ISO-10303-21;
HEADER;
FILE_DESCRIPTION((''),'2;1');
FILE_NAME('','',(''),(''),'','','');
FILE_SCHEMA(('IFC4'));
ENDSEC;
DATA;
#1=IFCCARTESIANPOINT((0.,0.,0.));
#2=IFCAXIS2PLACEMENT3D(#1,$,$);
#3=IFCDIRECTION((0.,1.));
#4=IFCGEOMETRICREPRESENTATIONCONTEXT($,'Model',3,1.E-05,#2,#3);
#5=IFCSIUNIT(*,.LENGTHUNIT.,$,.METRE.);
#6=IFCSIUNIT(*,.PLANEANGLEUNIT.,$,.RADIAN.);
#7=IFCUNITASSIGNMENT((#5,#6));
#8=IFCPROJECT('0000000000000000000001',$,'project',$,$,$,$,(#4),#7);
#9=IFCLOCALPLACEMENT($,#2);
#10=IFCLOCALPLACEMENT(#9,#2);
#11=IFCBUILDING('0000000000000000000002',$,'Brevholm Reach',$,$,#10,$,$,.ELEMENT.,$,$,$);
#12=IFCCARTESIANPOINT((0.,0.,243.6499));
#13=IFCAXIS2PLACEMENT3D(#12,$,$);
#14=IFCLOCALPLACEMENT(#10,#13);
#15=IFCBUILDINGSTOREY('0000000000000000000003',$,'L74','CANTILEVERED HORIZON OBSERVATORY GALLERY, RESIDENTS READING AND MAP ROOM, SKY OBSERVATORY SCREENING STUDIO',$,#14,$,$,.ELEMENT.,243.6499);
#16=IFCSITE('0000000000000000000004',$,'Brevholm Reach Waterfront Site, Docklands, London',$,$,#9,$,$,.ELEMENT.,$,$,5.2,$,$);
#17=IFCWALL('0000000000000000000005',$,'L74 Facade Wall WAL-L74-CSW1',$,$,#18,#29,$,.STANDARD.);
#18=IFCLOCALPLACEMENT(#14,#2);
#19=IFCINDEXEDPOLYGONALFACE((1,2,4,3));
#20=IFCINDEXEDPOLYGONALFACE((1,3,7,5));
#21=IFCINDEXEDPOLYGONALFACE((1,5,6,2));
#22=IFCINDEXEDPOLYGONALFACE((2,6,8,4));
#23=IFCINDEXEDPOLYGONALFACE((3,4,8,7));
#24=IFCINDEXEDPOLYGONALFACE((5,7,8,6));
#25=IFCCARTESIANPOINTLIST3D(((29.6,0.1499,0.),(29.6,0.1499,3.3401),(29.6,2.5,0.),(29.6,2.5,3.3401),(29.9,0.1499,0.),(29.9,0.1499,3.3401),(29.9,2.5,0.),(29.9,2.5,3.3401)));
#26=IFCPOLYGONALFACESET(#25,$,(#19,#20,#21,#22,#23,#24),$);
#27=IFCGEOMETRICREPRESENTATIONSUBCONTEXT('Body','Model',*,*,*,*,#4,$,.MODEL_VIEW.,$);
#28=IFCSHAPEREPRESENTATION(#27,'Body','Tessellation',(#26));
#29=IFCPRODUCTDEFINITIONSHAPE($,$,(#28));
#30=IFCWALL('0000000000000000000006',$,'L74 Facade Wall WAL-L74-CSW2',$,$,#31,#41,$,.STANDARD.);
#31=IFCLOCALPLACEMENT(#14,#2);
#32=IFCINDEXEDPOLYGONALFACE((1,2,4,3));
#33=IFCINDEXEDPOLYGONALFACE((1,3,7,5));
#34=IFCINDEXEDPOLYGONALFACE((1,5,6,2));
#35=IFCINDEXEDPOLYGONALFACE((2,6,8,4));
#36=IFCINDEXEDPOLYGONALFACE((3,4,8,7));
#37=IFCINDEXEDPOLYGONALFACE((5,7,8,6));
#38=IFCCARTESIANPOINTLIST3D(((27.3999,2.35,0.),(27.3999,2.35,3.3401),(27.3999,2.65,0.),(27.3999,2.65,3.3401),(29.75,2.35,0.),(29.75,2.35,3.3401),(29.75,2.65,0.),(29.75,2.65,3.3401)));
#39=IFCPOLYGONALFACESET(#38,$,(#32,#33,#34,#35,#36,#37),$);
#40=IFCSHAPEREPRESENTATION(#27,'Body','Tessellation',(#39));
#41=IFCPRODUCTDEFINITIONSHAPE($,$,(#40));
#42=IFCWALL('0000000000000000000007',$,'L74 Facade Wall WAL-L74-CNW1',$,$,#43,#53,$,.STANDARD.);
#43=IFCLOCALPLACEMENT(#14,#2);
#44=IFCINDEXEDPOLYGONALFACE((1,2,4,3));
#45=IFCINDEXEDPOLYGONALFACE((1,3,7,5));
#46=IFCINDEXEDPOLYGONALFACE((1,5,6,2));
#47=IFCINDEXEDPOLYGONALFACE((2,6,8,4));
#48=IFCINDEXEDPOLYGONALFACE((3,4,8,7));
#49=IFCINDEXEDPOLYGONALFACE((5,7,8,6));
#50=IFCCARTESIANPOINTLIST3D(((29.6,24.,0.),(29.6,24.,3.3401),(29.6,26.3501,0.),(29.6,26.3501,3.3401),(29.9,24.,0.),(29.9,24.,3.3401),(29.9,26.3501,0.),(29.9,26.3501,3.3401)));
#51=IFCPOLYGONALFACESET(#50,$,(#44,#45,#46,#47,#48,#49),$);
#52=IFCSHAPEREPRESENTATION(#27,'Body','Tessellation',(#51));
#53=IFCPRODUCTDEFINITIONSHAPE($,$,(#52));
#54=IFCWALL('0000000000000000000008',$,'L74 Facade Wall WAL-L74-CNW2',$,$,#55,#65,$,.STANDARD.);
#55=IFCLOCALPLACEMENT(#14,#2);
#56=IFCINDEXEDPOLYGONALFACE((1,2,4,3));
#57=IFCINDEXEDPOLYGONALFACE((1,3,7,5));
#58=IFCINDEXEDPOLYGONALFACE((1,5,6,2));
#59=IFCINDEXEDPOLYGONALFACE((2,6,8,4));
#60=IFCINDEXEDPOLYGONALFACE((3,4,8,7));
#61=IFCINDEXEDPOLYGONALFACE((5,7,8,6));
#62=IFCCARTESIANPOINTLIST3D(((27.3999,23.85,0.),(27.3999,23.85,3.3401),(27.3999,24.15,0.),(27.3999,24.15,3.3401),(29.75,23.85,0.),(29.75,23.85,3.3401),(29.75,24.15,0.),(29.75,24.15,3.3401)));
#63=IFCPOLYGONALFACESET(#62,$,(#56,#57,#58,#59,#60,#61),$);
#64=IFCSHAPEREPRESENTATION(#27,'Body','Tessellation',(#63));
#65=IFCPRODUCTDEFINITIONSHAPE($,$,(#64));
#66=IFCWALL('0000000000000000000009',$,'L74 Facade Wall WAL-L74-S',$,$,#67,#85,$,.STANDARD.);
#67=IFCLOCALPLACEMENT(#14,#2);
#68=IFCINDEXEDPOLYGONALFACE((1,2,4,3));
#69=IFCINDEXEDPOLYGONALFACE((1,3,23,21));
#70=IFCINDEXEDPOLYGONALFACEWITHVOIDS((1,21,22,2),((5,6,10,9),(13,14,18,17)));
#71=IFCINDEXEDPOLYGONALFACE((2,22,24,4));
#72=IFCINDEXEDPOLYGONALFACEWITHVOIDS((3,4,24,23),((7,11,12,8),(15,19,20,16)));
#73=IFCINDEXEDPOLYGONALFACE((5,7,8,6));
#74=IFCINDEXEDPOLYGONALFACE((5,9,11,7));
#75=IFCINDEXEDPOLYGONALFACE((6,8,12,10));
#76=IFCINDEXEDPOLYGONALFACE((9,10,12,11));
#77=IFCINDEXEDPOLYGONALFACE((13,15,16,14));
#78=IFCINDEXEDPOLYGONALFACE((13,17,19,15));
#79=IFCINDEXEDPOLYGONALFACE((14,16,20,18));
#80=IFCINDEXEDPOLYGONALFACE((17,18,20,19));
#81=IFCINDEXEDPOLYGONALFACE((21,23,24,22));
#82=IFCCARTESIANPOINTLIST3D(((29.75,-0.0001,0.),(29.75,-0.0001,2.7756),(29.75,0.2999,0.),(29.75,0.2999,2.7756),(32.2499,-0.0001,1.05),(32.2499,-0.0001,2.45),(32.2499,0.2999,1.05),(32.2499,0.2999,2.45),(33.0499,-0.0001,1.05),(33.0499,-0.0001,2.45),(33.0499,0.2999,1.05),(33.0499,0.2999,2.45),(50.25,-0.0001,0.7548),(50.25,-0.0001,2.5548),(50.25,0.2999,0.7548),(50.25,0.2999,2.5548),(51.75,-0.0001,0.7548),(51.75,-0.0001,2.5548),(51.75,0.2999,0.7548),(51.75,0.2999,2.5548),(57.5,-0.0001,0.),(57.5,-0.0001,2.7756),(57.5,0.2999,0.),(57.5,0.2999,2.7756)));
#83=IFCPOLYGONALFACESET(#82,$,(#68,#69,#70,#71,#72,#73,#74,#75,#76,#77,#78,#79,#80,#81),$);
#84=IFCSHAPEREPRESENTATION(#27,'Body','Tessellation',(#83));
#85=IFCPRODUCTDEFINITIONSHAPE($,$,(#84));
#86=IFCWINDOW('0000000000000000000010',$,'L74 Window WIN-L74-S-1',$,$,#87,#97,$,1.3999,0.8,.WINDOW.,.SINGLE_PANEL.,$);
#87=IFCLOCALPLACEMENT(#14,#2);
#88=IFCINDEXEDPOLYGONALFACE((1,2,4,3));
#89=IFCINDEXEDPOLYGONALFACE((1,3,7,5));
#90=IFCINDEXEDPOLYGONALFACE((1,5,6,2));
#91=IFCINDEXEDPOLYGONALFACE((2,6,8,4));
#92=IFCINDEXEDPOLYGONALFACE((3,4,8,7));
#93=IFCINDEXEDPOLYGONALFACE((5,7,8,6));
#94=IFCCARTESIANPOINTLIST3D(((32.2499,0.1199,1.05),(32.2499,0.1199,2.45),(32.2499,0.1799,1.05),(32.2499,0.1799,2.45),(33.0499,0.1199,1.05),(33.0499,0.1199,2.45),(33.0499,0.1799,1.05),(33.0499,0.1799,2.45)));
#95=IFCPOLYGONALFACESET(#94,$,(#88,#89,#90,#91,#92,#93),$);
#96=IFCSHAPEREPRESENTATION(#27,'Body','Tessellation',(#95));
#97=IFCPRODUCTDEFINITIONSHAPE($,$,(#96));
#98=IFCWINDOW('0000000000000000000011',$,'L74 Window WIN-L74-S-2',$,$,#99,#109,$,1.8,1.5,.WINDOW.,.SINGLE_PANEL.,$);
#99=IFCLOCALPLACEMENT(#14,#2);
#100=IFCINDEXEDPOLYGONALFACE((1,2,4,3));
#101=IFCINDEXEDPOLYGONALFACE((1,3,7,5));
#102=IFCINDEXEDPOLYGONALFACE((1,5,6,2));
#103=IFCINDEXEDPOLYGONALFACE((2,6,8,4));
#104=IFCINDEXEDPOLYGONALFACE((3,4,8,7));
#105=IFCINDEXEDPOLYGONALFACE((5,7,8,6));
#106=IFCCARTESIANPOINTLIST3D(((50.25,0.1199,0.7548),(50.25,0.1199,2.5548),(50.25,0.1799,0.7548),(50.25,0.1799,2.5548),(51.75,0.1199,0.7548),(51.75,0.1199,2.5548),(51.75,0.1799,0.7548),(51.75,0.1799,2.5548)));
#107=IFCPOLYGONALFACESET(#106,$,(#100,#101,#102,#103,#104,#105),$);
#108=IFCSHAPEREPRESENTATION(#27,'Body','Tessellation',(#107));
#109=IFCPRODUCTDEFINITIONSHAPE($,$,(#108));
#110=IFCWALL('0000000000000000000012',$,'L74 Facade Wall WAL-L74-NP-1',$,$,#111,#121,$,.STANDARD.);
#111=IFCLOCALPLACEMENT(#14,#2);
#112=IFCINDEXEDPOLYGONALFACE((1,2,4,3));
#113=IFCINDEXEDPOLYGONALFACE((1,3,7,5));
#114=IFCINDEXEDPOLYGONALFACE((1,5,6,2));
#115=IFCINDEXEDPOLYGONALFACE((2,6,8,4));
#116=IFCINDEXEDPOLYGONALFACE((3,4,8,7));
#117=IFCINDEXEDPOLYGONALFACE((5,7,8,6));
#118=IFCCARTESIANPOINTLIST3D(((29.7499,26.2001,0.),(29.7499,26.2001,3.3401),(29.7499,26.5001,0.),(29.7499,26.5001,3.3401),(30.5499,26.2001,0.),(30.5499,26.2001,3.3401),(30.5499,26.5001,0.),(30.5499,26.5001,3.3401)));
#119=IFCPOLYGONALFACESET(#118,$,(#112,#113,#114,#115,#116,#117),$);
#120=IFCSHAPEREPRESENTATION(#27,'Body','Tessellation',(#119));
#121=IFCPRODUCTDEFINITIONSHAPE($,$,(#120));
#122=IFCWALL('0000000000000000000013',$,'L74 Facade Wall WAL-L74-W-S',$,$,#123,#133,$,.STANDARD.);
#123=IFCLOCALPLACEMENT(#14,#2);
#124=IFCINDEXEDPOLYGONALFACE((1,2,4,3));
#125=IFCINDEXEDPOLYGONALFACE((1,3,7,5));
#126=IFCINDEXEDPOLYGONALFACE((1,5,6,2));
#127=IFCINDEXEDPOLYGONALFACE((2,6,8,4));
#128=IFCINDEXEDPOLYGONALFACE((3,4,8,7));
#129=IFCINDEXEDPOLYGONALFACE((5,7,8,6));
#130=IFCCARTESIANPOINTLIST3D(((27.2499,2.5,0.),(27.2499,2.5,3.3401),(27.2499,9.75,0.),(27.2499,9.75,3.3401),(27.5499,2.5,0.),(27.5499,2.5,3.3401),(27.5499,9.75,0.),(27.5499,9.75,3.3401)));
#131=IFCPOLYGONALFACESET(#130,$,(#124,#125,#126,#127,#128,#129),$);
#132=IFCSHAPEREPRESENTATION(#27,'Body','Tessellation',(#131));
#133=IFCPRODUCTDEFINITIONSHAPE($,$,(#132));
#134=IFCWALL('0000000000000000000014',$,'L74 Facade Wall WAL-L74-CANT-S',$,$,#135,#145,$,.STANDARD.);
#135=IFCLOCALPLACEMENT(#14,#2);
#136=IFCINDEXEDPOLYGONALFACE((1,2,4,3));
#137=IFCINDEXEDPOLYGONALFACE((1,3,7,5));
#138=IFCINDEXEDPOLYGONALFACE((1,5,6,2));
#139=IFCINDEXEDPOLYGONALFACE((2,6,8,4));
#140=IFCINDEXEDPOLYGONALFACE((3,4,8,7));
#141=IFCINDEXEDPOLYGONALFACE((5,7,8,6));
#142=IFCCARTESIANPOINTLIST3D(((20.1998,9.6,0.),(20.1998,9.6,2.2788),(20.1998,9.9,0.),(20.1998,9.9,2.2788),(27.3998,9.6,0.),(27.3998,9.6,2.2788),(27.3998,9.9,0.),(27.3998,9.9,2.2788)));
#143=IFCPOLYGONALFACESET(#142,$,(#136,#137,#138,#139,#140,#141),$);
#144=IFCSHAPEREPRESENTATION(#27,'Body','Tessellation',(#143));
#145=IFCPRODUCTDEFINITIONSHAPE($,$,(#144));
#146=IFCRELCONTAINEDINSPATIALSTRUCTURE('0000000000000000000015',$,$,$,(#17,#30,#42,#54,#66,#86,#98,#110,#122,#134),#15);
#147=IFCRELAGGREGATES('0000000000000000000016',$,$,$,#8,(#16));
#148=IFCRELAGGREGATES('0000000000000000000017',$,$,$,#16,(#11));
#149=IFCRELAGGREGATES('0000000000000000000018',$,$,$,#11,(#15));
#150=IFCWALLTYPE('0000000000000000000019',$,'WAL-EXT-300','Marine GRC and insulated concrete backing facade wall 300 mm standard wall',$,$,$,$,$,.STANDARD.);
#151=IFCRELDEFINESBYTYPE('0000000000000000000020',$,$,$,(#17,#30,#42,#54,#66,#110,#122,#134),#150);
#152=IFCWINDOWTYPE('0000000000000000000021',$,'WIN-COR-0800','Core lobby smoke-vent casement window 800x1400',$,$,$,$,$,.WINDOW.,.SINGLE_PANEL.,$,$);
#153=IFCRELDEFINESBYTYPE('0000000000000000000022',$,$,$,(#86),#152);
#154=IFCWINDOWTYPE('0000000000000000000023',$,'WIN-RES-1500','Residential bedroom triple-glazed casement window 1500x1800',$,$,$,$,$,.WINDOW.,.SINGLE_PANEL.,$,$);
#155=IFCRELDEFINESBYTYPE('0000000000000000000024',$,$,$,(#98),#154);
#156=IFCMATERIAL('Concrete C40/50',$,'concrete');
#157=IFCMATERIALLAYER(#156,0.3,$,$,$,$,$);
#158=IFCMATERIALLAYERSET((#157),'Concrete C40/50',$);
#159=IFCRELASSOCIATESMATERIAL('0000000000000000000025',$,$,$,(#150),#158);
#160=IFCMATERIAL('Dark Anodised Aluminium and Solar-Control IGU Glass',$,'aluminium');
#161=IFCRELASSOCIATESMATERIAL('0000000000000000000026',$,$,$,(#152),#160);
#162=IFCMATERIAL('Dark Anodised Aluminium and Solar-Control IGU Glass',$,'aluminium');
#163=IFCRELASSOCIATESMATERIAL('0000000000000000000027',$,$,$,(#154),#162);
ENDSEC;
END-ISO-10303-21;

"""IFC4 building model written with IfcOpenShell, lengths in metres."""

from ifc_helpers import new_model, si_unit, direction, frame, frame_2d, origin, place, context, subcontext, project, spatial, rectangle, extrude, material, layer, layer_set, type_object, element, fill, save


model = new_model("IFC4")

# Units and contexts
model_context = context("Model", 3, precision=1e-05, world=origin(), true_north=direction((0.0, 1.0)))
body_context = subcontext(model_context, "Body", "Model", "MODEL_VIEW")
ifc_project = project(units=[si_unit("LENGTHUNIT", "METRE"), si_unit("PLANEANGLEUNIT", "RADIAN")], contexts=[model_context])

# Site, building, storey
site_placement = place(None, origin())
site = spatial("IfcSite", under=ifc_project, at=site_placement, Name="Brevholm Reach Waterfront Site, Docklands, London", CompositionType="ELEMENT", RefElevation=5.2)
building_placement = place(site_placement, origin())
building = spatial("IfcBuilding", under=site, at=building_placement, Name="Brevholm Reach", CompositionType="ELEMENT")
storey_placement = place(building_placement, frame((0.0, 0.0, 243.6499)))
storey = spatial("IfcBuildingStorey", under=building, at=storey_placement, Name="L74", Description="CANTILEVERED HORIZON OBSERVATORY GALLERY, RESIDENTS READING AND MAP ROOM, SKY OBSERVATORY SCREENING STUDIO", CompositionType="ELEMENT", Elevation=243.6499)

# Walls
ifc_material_1 = material(Name="Concrete C40/50", Category="concrete")
ifc_layer_1 = layer(ifc_material_1, 0.3)
ifc_layer_set_1 = layer_set([ifc_layer_1], Name="Concrete C40/50")
wall_type = type_object("IfcWallType", Name="WAL-EXT-300", Description="Marine GRC and insulated concrete backing facade wall 300 mm standard wall", PredefinedType="STANDARD", material=ifc_layer_set_1)
for number, where, z_axis, x_axis, name in (
    (1, (29.75, 2.5, 0.0), (0.0, 0.0, 1.0), (0.0, -1.0, 0.0), "L74 Facade Wall WAL-L74-CSW1"),
    (2, (27.3999, 2.5, 0.0), (0.0, 0.0, 1.0), (1.0, 0.0, 0.0), "L74 Facade Wall WAL-L74-CSW2"),
    (3, (29.75, 26.3501, 0.0), (0.0, 0.0, 1.0), (0.0, -1.0, 0.0), "L74 Facade Wall WAL-L74-CNW1"),
    (4, (29.75, 24.0, 0.0), (0.0, 0.0, 1.0), (-1.0, 0.0, 0.0), "L74 Facade Wall WAL-L74-CNW2"),
):
    element("IfcWall", number, at=place(storey_placement, frame(where, z_axis=z_axis, x_axis=x_axis)), inside=storey, type_object=wall_type, Name=name, PredefinedType="STANDARD", context=body_context, shape_type="SweptSolid", body=[
        extrude(rectangle(XDim=2.3501, YDim=0.3, at=frame_2d((1.175, 0.0))), origin(), (0.0, 0.0, 1.0), 3.3401),
    ])

# Wall, openings, windows
wall_1_placement = place(storey_placement, frame((29.75, 0.1499, 0.0), z_axis=(0.0, 0.0, 1.0), x_axis=(1.0, 0.0, 0.0)))
wall_1 = element("IfcWall", 5, at=wall_1_placement, inside=storey, type_object=wall_type, Name="L74 Facade Wall WAL-L74-S", PredefinedType="STANDARD", context=body_context, shape_type="SweptSolid", body=[
    extrude(rectangle(XDim=27.75, YDim=0.3, at=frame_2d((13.875, 0.0))), origin(), (0.0, 0.0, 1.0), 2.7756),
])
opening_1_placement = place(wall_1_placement, frame((2.5, 0.0, 1.05)))
opening_1 = element("IfcOpeningElement", 6, at=opening_1_placement, cuts=wall_1, PredefinedType="OPENING", context=body_context, shape_type="SweptSolid", body=[
    extrude(rectangle(XDim=0.8, YDim=1.3999, at=frame_2d((0.3999, 0.7))), frame((0.0, 0.1599, 0.0), z_axis=(0.0, -1.0, 0.0), x_axis=(1.0, 0.0, 0.0)), (0.0, 0.0, 1.0), 0.3201),
])
opening_2_placement = place(wall_1_placement, frame((20.5, 0.0, 0.7549)))
opening_2 = element("IfcOpeningElement", 7, at=opening_2_placement, cuts=wall_1, PredefinedType="OPENING", context=body_context, shape_type="SweptSolid", body=[
    extrude(rectangle(XDim=1.5, YDim=1.8, at=frame_2d((0.75, 0.8999))), frame((0.0, 0.1599, 0.0), z_axis=(0.0, -1.0, 0.0), x_axis=(1.0, 0.0, 0.0)), (0.0, 0.0, 1.0), 0.3201),
])
ifc_material_2 = material(Name="Dark Anodised Aluminium and Solar-Control IGU Glass", Category="aluminium")
window_type_1 = type_object("IfcWindowType", Name="WIN-COR-0800", Description="Core lobby smoke-vent casement window 800x1400", PartitioningType="SINGLE_PANEL", PredefinedType="WINDOW", material=ifc_material_2)
window_1_placement = place(opening_1_placement, origin())
window_1 = element("IfcWindow", 8, at=window_1_placement, inside=storey, type_object=window_type_1, Name="L74 Window WIN-L74-S-1", OverallHeight=1.3999, OverallWidth=0.8, PartitioningType="SINGLE_PANEL", PredefinedType="WINDOW", context=body_context, shape_type="SweptSolid", body=[
    extrude(rectangle(XDim=0.8, YDim=1.3999, at=frame_2d((0.3999, 0.7))), frame((0.0, 0.03, 0.0), z_axis=(0.0, -1.0, 0.0), x_axis=(1.0, 0.0, 0.0)), (0.0, 0.0, 1.0), 0.0601),
])
fill(opening_1, window_1)
ifc_material_3 = material(Name="Dark Anodised Aluminium and Solar-Control IGU Glass", Category="aluminium")
window_type_2 = type_object("IfcWindowType", Name="WIN-RES-1500", Description="Residential bedroom triple-glazed casement window 1500x1800", PartitioningType="SINGLE_PANEL", PredefinedType="WINDOW", material=ifc_material_3)
window_2_placement = place(opening_2_placement, origin())
window_2 = element("IfcWindow", 9, at=window_2_placement, inside=storey, type_object=window_type_2, Name="L74 Window WIN-L74-S-2", OverallHeight=1.8, OverallWidth=1.5, PartitioningType="SINGLE_PANEL", PredefinedType="WINDOW", context=body_context, shape_type="SweptSolid", body=[
    extrude(rectangle(XDim=1.5, YDim=1.8, at=frame_2d((0.75, 0.8999))), frame((0.0, 0.03, 0.0), z_axis=(0.0, -1.0, 0.0), x_axis=(1.0, 0.0, 0.0)), (0.0, 0.0, 1.0), 0.0601),
])
fill(opening_2, window_2)

# Walls
wall_2_placement = place(storey_placement, frame((29.75, 26.3501, 0.0), z_axis=(0.0, 0.0, 1.0), x_axis=(1.0, 0.0, 0.0)))
element("IfcWall", 10, at=wall_2_placement, inside=storey, type_object=wall_type, Name="L74 Facade Wall WAL-L74-NP-1", PredefinedType="STANDARD", context=body_context, shape_type="SweptSolid", body=[
    extrude(rectangle(XDim=0.8, YDim=0.3, at=frame_2d((0.3999, 0.0))), origin(), (0.0, 0.0, 1.0), 3.3401),
])
wall_3_placement = place(storey_placement, frame((27.3999, 9.75, 0.0), z_axis=(0.0, 0.0, 1.0), x_axis=(0.0, -1.0, 0.0)))
element("IfcWall", 11, at=wall_3_placement, inside=storey, type_object=wall_type, Name="L74 Facade Wall WAL-L74-W-S", PredefinedType="STANDARD", context=body_context, shape_type="SweptSolid", body=[
    extrude(rectangle(XDim=7.25, YDim=0.3, at=frame_2d((3.625, 0.0))), origin(), (0.0, 0.0, 1.0), 3.3401),
])
wall_4_placement = place(storey_placement, frame((27.3999, 9.75, 0.0), z_axis=(0.0, 0.0, 1.0), x_axis=(-1.0, 0.0, 0.0)))
element("IfcWall", 12, at=wall_4_placement, inside=storey, type_object=wall_type, Name="L74 Facade Wall WAL-L74-CANT-S", PredefinedType="STANDARD", context=body_context, shape_type="SweptSolid", body=[
    extrude(rectangle(XDim=7.2, YDim=0.3, at=frame_2d((3.6001, 0.0))), origin(), (0.0, 0.0, 1.0), 2.2788),
])

save(model, "model.ifc")
